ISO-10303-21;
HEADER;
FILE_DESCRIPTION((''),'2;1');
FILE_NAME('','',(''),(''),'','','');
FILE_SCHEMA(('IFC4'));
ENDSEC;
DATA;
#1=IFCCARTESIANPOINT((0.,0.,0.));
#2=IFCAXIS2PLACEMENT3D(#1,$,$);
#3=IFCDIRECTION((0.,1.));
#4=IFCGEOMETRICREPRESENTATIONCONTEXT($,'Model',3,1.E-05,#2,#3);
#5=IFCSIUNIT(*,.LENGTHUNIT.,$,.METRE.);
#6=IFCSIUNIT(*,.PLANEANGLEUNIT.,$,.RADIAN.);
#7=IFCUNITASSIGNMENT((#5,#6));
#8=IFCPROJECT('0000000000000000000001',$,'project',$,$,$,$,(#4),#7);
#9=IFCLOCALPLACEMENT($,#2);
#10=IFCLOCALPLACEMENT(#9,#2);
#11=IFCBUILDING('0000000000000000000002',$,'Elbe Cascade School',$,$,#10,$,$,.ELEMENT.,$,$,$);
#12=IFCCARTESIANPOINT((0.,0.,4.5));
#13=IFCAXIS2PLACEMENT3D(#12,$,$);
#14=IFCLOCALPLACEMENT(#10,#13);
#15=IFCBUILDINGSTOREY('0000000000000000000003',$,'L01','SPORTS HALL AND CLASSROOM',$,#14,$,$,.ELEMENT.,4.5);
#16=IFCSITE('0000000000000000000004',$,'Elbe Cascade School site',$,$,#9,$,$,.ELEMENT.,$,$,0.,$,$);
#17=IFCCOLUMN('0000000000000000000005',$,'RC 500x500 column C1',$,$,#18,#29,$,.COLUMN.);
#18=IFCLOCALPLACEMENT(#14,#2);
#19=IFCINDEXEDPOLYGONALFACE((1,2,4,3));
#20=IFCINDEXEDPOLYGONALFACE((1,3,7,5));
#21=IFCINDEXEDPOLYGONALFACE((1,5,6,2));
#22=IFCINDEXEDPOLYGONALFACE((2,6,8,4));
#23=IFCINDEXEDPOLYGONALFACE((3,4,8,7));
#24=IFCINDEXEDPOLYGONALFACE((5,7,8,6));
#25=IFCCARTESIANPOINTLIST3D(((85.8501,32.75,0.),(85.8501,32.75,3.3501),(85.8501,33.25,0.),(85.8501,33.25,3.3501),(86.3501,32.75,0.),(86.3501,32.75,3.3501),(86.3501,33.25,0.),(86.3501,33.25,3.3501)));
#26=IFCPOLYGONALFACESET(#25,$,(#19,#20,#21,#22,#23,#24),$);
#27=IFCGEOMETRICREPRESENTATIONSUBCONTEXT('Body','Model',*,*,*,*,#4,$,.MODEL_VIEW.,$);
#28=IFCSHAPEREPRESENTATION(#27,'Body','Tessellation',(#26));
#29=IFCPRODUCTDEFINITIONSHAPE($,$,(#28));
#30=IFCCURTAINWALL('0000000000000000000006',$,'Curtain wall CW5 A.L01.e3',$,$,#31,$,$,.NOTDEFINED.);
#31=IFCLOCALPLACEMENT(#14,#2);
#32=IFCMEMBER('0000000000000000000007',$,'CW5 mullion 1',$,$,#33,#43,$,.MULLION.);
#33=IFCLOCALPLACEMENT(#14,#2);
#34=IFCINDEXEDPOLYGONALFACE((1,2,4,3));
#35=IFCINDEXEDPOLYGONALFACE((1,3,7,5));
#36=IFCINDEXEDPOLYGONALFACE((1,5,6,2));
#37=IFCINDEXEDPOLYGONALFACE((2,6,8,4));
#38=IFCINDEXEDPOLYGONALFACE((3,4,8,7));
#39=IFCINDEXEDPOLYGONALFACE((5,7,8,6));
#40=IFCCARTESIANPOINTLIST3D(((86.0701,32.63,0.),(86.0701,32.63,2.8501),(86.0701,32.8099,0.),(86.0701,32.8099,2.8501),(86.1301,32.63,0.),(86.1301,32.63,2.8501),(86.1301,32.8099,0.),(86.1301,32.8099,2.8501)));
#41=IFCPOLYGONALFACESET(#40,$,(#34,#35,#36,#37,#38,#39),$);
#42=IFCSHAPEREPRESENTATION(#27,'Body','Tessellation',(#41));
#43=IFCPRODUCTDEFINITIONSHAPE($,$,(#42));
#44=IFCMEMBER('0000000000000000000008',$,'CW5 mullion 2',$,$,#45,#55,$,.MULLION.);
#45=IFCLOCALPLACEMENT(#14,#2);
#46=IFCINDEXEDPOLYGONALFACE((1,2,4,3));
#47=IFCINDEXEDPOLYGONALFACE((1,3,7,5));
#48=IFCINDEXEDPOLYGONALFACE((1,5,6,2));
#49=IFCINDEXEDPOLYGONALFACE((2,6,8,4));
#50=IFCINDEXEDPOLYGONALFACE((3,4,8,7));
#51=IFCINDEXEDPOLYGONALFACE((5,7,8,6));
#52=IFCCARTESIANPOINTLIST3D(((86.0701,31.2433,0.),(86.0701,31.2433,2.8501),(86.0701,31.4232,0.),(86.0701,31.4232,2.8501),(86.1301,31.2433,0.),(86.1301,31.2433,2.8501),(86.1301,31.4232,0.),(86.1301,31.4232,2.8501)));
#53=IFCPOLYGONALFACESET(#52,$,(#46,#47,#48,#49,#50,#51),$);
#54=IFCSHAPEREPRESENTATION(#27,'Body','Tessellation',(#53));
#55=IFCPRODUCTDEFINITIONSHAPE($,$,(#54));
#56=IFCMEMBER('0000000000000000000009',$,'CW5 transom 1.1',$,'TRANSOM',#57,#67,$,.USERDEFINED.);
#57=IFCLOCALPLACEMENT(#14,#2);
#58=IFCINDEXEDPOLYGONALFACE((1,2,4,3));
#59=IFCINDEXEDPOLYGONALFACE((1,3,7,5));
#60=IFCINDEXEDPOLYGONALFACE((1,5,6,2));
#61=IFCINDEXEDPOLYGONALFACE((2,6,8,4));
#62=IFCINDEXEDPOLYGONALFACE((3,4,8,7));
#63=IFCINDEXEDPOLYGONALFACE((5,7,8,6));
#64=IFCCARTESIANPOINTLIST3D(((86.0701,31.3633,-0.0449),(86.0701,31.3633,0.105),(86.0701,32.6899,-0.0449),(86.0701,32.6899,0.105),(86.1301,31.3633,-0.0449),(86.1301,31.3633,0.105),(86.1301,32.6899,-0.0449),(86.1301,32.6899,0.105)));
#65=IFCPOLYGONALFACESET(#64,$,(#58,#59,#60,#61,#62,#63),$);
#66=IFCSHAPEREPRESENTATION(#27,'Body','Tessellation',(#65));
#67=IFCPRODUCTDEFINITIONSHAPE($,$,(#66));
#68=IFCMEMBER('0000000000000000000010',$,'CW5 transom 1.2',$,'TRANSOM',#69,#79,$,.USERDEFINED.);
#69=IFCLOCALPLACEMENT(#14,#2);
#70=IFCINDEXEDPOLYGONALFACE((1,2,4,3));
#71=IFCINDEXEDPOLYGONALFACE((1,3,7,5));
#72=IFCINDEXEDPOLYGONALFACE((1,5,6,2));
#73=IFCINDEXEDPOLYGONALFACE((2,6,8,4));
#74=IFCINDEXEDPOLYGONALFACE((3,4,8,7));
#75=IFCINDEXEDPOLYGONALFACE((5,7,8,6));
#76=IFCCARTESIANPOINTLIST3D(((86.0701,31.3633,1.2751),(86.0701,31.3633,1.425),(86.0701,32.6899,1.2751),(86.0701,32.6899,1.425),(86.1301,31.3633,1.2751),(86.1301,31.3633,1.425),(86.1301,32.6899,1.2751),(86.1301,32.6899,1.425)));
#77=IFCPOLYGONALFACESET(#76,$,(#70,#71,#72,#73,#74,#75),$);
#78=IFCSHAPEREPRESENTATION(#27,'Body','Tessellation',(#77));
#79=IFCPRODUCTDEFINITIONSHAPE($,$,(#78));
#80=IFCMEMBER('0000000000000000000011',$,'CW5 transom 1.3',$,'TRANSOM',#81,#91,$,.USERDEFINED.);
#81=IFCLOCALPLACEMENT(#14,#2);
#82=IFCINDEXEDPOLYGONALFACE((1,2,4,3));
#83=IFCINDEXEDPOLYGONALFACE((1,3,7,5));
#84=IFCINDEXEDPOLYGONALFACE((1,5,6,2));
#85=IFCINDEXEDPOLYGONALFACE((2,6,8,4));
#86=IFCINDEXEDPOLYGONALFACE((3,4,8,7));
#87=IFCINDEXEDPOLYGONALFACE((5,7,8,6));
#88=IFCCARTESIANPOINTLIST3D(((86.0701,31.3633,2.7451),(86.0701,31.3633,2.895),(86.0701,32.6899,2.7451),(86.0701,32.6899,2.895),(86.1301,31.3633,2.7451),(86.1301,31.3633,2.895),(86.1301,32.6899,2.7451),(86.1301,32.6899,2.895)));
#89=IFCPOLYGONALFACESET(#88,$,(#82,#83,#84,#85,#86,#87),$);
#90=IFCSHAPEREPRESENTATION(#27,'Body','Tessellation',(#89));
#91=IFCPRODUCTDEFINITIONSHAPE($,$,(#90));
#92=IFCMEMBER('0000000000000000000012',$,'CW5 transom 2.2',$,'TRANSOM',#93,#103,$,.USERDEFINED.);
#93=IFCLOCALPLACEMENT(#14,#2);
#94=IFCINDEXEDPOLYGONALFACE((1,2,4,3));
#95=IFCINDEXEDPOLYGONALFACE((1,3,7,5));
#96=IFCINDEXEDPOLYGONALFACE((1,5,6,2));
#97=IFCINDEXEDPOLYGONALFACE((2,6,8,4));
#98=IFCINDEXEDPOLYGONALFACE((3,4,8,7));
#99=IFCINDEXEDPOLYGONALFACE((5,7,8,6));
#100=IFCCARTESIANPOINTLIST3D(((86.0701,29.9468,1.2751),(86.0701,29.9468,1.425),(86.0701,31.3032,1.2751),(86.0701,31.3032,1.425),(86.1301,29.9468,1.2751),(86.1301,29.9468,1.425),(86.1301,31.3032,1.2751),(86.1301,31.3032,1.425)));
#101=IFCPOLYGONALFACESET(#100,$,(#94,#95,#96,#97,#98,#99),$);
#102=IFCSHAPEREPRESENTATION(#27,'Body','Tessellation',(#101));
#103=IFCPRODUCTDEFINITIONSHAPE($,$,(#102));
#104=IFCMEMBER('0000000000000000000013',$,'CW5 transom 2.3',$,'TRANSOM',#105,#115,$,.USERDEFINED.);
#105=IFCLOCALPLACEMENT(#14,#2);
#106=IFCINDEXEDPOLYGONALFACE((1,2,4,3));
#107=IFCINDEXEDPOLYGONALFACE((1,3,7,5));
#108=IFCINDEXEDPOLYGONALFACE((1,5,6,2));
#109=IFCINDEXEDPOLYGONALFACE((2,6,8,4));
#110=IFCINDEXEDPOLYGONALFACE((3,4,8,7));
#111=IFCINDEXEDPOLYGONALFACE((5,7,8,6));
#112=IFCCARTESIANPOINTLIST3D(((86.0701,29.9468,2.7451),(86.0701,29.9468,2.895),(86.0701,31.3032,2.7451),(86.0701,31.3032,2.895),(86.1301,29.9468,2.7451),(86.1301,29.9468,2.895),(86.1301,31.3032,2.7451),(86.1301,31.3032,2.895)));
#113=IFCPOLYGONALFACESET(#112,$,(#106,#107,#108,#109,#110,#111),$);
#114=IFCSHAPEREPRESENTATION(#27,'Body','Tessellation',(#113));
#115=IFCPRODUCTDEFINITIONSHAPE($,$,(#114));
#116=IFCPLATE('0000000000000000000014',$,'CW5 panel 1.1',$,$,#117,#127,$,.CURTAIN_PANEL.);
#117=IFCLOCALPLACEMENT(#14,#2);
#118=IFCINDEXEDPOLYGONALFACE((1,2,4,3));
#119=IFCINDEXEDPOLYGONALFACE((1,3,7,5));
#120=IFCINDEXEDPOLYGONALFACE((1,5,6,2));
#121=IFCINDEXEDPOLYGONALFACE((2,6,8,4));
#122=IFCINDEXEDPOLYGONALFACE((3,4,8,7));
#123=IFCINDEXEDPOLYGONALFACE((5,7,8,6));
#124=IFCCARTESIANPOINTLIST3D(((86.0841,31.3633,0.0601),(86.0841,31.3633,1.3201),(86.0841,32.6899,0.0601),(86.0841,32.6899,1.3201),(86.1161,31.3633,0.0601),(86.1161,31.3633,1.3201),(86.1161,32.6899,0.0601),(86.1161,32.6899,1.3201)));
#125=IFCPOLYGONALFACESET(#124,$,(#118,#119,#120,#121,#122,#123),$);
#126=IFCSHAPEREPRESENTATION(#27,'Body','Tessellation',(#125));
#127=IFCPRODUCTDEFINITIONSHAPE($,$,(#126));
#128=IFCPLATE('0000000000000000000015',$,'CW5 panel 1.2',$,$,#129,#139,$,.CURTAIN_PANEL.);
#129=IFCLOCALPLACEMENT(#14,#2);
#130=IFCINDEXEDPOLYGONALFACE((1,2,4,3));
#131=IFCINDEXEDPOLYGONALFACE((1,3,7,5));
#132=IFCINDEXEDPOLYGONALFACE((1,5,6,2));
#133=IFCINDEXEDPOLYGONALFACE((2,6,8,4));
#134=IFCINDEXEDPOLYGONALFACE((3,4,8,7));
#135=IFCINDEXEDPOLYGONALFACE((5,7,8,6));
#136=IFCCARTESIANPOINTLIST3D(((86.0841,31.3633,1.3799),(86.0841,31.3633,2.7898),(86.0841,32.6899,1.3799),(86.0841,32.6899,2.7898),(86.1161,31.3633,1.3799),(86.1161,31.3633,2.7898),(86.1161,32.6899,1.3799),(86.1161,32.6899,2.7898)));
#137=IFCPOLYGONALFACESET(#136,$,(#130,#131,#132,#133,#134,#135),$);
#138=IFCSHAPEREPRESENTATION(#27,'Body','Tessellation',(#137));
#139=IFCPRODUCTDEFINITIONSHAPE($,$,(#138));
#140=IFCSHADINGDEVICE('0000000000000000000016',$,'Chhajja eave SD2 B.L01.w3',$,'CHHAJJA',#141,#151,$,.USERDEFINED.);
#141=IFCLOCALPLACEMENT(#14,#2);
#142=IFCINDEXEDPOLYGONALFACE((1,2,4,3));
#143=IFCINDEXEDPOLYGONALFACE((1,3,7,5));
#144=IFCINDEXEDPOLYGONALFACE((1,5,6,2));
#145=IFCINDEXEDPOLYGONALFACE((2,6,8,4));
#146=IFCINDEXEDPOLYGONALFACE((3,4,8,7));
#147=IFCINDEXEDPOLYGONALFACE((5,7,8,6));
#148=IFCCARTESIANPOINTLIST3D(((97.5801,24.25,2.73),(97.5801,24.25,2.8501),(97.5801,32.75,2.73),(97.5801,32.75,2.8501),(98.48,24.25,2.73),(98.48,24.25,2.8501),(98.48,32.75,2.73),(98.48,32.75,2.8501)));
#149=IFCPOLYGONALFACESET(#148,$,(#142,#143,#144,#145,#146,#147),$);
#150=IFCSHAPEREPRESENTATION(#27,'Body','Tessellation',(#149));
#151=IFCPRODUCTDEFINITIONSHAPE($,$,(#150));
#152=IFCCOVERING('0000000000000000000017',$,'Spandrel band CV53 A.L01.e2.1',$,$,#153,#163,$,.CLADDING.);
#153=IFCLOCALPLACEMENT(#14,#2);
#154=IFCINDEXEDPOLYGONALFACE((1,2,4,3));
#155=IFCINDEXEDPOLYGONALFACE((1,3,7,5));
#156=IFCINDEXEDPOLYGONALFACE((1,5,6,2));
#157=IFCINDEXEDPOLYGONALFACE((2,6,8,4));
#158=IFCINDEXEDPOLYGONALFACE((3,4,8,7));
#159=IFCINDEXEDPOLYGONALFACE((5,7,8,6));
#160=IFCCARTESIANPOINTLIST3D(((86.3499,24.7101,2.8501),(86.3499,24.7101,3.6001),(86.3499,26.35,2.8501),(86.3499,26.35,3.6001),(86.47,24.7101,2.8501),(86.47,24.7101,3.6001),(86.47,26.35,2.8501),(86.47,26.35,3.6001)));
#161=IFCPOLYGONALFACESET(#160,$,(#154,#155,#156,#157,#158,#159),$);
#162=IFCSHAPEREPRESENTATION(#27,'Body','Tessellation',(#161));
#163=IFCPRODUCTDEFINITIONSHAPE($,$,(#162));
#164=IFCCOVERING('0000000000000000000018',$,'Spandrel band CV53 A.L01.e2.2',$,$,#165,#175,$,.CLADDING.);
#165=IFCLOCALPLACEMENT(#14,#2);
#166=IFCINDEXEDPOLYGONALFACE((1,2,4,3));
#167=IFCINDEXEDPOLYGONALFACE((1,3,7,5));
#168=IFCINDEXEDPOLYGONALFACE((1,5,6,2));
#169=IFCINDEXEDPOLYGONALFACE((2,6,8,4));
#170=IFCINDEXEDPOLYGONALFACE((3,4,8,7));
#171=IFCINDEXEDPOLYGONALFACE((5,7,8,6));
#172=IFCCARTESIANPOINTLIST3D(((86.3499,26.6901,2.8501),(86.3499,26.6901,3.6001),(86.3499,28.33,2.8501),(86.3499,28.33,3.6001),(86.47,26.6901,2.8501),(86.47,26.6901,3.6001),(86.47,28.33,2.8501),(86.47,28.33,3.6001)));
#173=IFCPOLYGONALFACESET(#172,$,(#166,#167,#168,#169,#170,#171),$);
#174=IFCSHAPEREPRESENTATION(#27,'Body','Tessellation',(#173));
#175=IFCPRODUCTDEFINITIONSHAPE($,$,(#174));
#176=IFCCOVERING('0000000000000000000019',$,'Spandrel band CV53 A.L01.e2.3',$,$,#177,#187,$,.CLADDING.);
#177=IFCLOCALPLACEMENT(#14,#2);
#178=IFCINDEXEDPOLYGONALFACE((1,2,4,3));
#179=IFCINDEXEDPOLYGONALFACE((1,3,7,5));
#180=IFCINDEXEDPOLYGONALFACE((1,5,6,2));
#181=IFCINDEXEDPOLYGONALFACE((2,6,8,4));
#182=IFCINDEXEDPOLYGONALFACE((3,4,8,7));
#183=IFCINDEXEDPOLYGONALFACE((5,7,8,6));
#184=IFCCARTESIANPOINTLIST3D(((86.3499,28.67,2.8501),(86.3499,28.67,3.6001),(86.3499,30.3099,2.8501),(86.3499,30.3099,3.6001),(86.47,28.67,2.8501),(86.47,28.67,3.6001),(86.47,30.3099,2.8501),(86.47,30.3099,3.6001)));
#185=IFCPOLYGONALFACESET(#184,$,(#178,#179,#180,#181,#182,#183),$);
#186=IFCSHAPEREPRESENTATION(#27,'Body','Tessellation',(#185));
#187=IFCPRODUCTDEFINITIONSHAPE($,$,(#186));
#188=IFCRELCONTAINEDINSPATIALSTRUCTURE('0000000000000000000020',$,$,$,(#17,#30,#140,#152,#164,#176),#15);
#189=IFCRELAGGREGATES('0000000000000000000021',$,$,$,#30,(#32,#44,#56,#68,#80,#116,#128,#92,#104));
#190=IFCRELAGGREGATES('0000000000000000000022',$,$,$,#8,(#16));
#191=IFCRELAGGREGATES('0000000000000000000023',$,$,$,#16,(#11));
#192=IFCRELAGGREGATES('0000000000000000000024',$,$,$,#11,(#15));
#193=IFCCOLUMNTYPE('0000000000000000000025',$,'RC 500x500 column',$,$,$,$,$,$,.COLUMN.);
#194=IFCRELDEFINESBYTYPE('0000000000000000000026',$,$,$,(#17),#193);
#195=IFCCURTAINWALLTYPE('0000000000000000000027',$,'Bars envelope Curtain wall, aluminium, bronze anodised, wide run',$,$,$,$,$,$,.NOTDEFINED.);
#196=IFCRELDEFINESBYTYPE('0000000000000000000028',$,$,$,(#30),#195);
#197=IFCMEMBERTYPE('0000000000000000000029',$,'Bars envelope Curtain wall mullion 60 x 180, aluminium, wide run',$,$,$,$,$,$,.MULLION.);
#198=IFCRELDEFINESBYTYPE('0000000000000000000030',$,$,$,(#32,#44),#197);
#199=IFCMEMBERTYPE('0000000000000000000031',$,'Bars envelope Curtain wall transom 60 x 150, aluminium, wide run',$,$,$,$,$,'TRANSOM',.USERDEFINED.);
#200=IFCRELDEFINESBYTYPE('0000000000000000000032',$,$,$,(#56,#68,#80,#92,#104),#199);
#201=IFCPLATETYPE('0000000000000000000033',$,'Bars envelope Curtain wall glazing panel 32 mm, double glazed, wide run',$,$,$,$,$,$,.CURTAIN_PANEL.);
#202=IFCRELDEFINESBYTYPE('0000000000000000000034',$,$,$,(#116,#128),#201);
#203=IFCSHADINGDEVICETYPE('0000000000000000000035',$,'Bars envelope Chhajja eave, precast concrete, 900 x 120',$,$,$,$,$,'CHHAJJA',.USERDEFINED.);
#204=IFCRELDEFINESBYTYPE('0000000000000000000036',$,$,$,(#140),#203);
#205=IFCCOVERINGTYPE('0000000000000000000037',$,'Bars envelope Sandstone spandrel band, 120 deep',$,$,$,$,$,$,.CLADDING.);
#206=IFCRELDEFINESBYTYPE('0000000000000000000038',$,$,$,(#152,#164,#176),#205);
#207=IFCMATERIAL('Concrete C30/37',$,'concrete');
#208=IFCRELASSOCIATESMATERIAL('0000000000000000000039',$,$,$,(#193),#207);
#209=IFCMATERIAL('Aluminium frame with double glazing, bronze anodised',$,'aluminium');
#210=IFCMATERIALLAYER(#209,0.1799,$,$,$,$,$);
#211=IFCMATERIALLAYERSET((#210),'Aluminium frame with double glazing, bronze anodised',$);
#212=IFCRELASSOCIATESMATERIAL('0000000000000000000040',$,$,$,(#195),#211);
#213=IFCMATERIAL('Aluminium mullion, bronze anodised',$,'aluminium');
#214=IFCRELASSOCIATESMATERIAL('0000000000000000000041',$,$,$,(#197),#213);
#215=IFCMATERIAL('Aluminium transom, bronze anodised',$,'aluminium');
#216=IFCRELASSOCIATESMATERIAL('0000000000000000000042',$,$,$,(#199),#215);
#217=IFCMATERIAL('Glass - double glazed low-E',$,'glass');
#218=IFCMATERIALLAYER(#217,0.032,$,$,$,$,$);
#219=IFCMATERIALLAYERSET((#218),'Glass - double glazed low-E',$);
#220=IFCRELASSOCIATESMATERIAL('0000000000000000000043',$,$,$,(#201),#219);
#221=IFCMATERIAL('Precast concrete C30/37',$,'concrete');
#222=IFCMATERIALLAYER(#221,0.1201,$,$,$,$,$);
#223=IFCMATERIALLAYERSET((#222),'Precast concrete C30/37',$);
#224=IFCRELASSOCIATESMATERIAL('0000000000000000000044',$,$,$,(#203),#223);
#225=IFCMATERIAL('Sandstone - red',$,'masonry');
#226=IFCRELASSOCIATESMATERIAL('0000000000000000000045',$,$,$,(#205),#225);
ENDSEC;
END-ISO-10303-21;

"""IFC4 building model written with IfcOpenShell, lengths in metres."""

from ifc_helpers import new_model, si_unit, direction, frame, origin, origin_2d, place, context, subcontext, project, spatial, rectangle, extrude, material, layer, layer_set, material_profile, profile_set, type_object, element, aggregate, save


model = new_model("IFC4")

# Units and contexts
model_context = context("Model", 3, precision=1e-05, world=origin(), true_north=direction((0.0, 1.0)))
body_context = subcontext(model_context, "Body", "Model", "MODEL_VIEW")
ifc_project = project(units=[si_unit("LENGTHUNIT", "METRE"), si_unit("PLANEANGLEUNIT", "RADIAN")], contexts=[model_context])

# Site, building, storey
site_placement = place(None, origin())
site = spatial("IfcSite", under=ifc_project, at=site_placement, Name="Elbe Cascade School site", CompositionType="ELEMENT", RefElevation=0.0)
building_placement = place(site_placement, origin())
building = spatial("IfcBuilding", under=site, at=building_placement, Name="Elbe Cascade School", CompositionType="ELEMENT")
storey_placement = place(building_placement, frame((0.0, 0.0, 4.5)))
storey = spatial("IfcBuildingStorey", under=building, at=storey_placement, Name="L01", Description="SPORTS HALL AND CLASSROOM", CompositionType="ELEMENT", Elevation=4.5)

# Column
ifc_material_1 = material(Name="Concrete C30/37", Category="concrete")
ifc_material_profile_1 = material_profile(ifc_material_1, rectangle(XDim=0.5, YDim=0.5, at=origin_2d()), Name="RC 500x500")
ifc_profile_set_1 = profile_set([ifc_material_profile_1], Name="Concrete C30/37")
column_type = type_object("IfcColumnType", Name="RC 500x500 column", PredefinedType="COLUMN", material=ifc_profile_set_1)
column_placement = place(storey_placement, frame((86.1001, 33.0, 0.0), z_axis=(0.0, 0.0, 1.0), x_axis=(1.0, 0.0, 0.0)))
element("IfcColumn", 1, at=column_placement, inside=storey, type_object=column_type, Name="RC 500x500 column C1", PredefinedType="COLUMN", context=body_context, shape_type="SweptSolid", body=[
    extrude(rectangle(XDim=0.5, YDim=0.5, at=origin_2d()), origin(), (0.0, 0.0, 1.0), 3.3501),
])

# Curtain wall, members, plates
ifc_material_2 = material(Name="Aluminium frame with double glazing, bronze anodised", Category="aluminium")
ifc_layer_1 = layer(ifc_material_2, 0.1799)
ifc_layer_set_1 = layer_set([ifc_layer_1], Name="Aluminium frame with double glazing, bronze anodised")
curtain_wall_type = type_object("IfcCurtainWallType", Name="Bars envelope Curtain wall, aluminium, bronze anodised, wide run", PredefinedType="NOTDEFINED", material=ifc_layer_set_1)
curtain_wall_placement = place(storey_placement, origin())
curtain_wall = element("IfcCurtainWall", 2, at=curtain_wall_placement, inside=storey, type_object=curtain_wall_type, Name="Curtain wall CW5 A.L01.e3", PredefinedType="NOTDEFINED")
ifc_material_3 = material(Name="Aluminium mullion, bronze anodised", Category="aluminium")
ifc_material_profile_2 = material_profile(ifc_material_3, rectangle(XDim=0.0601, YDim=0.1799, at=origin_2d()), Name="Bars envelope Curtain wall mullion 60 x 180, aluminium, wide run")
ifc_profile_set_2 = profile_set([ifc_material_profile_2], Name="Aluminium mullion, bronze anodised")
member_type_1 = type_object("IfcMemberType", Name="Bars envelope Curtain wall mullion 60 x 180, aluminium, wide run", PredefinedType="MULLION", material=ifc_profile_set_2)
member_1_placement = place(storey_placement, frame((86.1001, 32.72, 0.0), z_axis=(0.0, 0.0, 1.0), x_axis=(1.0, 0.0, 0.0)))
member_1 = element("IfcMember", 3, at=member_1_placement, type_object=member_type_1, Name="CW5 mullion 1", PredefinedType="MULLION", context=body_context, shape_type="SweptSolid", body=[
    extrude(rectangle(XDim=0.0601, YDim=0.1799, at=origin_2d()), origin(), (0.0, 0.0, 1.0), 2.8501),
])
member_2_placement = place(storey_placement, frame((86.1001, 31.3333, 0.0), z_axis=(0.0, 0.0, 1.0), x_axis=(1.0, 0.0, 0.0)))
member_2 = element("IfcMember", 4, at=member_2_placement, type_object=member_type_1, Name="CW5 mullion 2", PredefinedType="MULLION", context=body_context, shape_type="SweptSolid", body=[
    extrude(rectangle(XDim=0.0601, YDim=0.1799, at=origin_2d()), origin(), (0.0, 0.0, 1.0), 2.8501),
])
ifc_material_4 = material(Name="Aluminium transom, bronze anodised", Category="aluminium")
ifc_material_profile_3 = material_profile(ifc_material_4, rectangle(XDim=0.0601, YDim=0.1499, at=origin_2d()), Name="Bars envelope Curtain wall transom 60 x 150, aluminium, wide run")
ifc_profile_set_3 = profile_set([ifc_material_profile_3], Name="Aluminium transom, bronze anodised")
member_type_2 = type_object("IfcMemberType", Name="Bars envelope Curtain wall transom 60 x 150, aluminium, wide run", ElementType="TRANSOM", PredefinedType="USERDEFINED", material=ifc_profile_set_3)
member_3_placement = place(storey_placement, frame((86.1001, 32.6899, 0.03), z_axis=(0.0, -1.0, 0.0), x_axis=(1.0, 0.0, 0.0)))
member_3 = element("IfcMember", 5, at=member_3_placement, type_object=member_type_2, Name="CW5 transom 1.1", ObjectType="TRANSOM", PredefinedType="USERDEFINED", context=body_context, shape_type="SweptSolid", body=[
    extrude(rectangle(XDim=0.0601, YDim=0.1499, at=origin_2d()), origin(), (0.0, 0.0, 1.0), 1.3267),
])
member_4_placement = place(storey_placement, frame((86.1001, 32.6899, 1.3501), z_axis=(0.0, -1.0, 0.0), x_axis=(1.0, 0.0, 0.0)))
member_4 = element("IfcMember", 6, at=member_4_placement, type_object=member_type_2, Name="CW5 transom 1.2", ObjectType="TRANSOM", PredefinedType="USERDEFINED", context=body_context, shape_type="SweptSolid", body=[
    extrude(rectangle(XDim=0.0601, YDim=0.1499, at=origin_2d()), origin(), (0.0, 0.0, 1.0), 1.3267),
])
member_5_placement = place(storey_placement, frame((86.1001, 32.6899, 2.8201), z_axis=(0.0, -1.0, 0.0), x_axis=(1.0, 0.0, 0.0)))
member_5 = element("IfcMember", 7, at=member_5_placement, type_object=member_type_2, Name="CW5 transom 1.3", ObjectType="TRANSOM", PredefinedType="USERDEFINED", context=body_context, shape_type="SweptSolid", body=[
    extrude(rectangle(XDim=0.0601, YDim=0.1499, at=origin_2d()), origin(), (0.0, 0.0, 1.0), 1.3267),
])
member_6_placement = place(storey_placement, frame((86.1001, 31.3032, 1.3501), z_axis=(0.0, -1.0, 0.0), x_axis=(1.0, 0.0, 0.0)))
member_6 = element("IfcMember", 8, at=member_6_placement, type_object=member_type_2, Name="CW5 transom 2.2", ObjectType="TRANSOM", PredefinedType="USERDEFINED", context=body_context, shape_type="SweptSolid", body=[
    extrude(rectangle(XDim=0.0601, YDim=0.1499, at=origin_2d()), origin(), (0.0, 0.0, 1.0), 1.3564),
])
member_7_placement = place(storey_placement, frame((86.1001, 31.3032, 2.8201), z_axis=(0.0, -1.0, 0.0), x_axis=(1.0, 0.0, 0.0)))
member_7 = element("IfcMember", 9, at=member_7_placement, type_object=member_type_2, Name="CW5 transom 2.3", ObjectType="TRANSOM", PredefinedType="USERDEFINED", context=body_context, shape_type="SweptSolid", body=[
    extrude(rectangle(XDim=0.0601, YDim=0.1499, at=origin_2d()), origin(), (0.0, 0.0, 1.0), 1.3564),
])
ifc_material_5 = material(Name="Glass - double glazed low-E", Category="glass")
ifc_layer_2 = layer(ifc_material_5, 0.032)
ifc_layer_set_2 = layer_set([ifc_layer_2], Name="Glass - double glazed low-E")
plate_type = type_object("IfcPlateType", Name="Bars envelope Curtain wall glazing panel 32 mm, double glazed, wide run", PredefinedType="CURTAIN_PANEL", material=ifc_layer_set_2)
plate_1_placement = place(storey_placement, frame((86.1001, 32.0266, 0.0601), z_axis=(0.0, 0.0, 1.0), x_axis=(0.0, -1.0, 0.0)))
plate_1 = element("IfcPlate", 10, at=plate_1_placement, type_object=plate_type, Name="CW5 panel 1.1", PredefinedType="CURTAIN_PANEL", context=body_context, shape_type="SweptSolid", body=[
    extrude(rectangle(XDim=1.3267, YDim=0.032, at=origin_2d()), origin(), (0.0, 0.0, 1.0), 1.26),
])
plate_2_placement = place(storey_placement, frame((86.1001, 32.0266, 1.3799), z_axis=(0.0, 0.0, 1.0), x_axis=(0.0, -1.0, 0.0)))
plate_2 = element("IfcPlate", 11, at=plate_2_placement, type_object=plate_type, Name="CW5 panel 1.2", PredefinedType="CURTAIN_PANEL", context=body_context, shape_type="SweptSolid", body=[
    extrude(rectangle(XDim=1.3267, YDim=0.032, at=origin_2d()), origin(), (0.0, 0.0, 1.0), 1.4099),
])
aggregate(curtain_wall, [member_1, member_2, member_3, member_4, member_5, plate_1, plate_2, member_6, member_7])

# Shading device
ifc_material_6 = material(Name="Precast concrete C30/37", Category="concrete")
ifc_layer_3 = layer(ifc_material_6, 0.1201)
ifc_layer_set_3 = layer_set([ifc_layer_3], Name="Precast concrete C30/37")
shading_device_type_1 = type_object("IfcShadingDeviceType", Name="Bars envelope Chhajja eave, precast concrete, 900 x 120", ElementType="CHHAJJA", PredefinedType="USERDEFINED", material=ifc_layer_set_3)
shading_device_1_placement = place(storey_placement, frame((98.03, 28.5, 2.73), z_axis=(0.0, 0.0, 1.0), x_axis=(0.0, 1.0, 0.0)))
element("IfcShadingDevice", 12, at=shading_device_1_placement, inside=storey, type_object=shading_device_type_1, Name="Chhajja eave SD2 B.L01.w3", ObjectType="CHHAJJA", PredefinedType="USERDEFINED", context=body_context, shape_type="SweptSolid", body=[
    extrude(rectangle(XDim=8.5, YDim=0.8999, at=origin_2d()), origin(), (0.0, 0.0, 1.0), 0.1201),
])

# Coverings
ifc_material_7 = material(Name="Sandstone - red", Category="masonry")
covering_type = type_object("IfcCoveringType", Name="Bars envelope Sandstone spandrel band, 120 deep", PredefinedType="CLADDING", material=ifc_material_7)
for number, where, z_axis, x_axis, name in (
    (13, (86.4099, 25.53, 2.8501), (0.0, 0.0, 1.0), (0.0, 1.0, 0.0), "Spandrel band CV53 A.L01.e2.1"),
    (14, (86.4099, 27.51, 2.8501), (0.0, 0.0, 1.0), (0.0, 1.0, 0.0), "Spandrel band CV53 A.L01.e2.2"),
    (15, (86.4099, 29.49, 2.8501), (0.0, 0.0, 1.0), (0.0, 1.0, 0.0), "Spandrel band CV53 A.L01.e2.3"),
):
    element("IfcCovering", number, at=place(storey_placement, frame(where, z_axis=z_axis, x_axis=x_axis)), inside=storey, type_object=covering_type, Name=name, PredefinedType="CLADDING", context=body_context, shape_type="SweptSolid", body=[
        extrude(rectangle(XDim=1.6399, YDim=0.1201, at=origin_2d()), origin(), (0.0, 0.0, 1.0), 0.75),
    ])

save(model, "model.ifc")
